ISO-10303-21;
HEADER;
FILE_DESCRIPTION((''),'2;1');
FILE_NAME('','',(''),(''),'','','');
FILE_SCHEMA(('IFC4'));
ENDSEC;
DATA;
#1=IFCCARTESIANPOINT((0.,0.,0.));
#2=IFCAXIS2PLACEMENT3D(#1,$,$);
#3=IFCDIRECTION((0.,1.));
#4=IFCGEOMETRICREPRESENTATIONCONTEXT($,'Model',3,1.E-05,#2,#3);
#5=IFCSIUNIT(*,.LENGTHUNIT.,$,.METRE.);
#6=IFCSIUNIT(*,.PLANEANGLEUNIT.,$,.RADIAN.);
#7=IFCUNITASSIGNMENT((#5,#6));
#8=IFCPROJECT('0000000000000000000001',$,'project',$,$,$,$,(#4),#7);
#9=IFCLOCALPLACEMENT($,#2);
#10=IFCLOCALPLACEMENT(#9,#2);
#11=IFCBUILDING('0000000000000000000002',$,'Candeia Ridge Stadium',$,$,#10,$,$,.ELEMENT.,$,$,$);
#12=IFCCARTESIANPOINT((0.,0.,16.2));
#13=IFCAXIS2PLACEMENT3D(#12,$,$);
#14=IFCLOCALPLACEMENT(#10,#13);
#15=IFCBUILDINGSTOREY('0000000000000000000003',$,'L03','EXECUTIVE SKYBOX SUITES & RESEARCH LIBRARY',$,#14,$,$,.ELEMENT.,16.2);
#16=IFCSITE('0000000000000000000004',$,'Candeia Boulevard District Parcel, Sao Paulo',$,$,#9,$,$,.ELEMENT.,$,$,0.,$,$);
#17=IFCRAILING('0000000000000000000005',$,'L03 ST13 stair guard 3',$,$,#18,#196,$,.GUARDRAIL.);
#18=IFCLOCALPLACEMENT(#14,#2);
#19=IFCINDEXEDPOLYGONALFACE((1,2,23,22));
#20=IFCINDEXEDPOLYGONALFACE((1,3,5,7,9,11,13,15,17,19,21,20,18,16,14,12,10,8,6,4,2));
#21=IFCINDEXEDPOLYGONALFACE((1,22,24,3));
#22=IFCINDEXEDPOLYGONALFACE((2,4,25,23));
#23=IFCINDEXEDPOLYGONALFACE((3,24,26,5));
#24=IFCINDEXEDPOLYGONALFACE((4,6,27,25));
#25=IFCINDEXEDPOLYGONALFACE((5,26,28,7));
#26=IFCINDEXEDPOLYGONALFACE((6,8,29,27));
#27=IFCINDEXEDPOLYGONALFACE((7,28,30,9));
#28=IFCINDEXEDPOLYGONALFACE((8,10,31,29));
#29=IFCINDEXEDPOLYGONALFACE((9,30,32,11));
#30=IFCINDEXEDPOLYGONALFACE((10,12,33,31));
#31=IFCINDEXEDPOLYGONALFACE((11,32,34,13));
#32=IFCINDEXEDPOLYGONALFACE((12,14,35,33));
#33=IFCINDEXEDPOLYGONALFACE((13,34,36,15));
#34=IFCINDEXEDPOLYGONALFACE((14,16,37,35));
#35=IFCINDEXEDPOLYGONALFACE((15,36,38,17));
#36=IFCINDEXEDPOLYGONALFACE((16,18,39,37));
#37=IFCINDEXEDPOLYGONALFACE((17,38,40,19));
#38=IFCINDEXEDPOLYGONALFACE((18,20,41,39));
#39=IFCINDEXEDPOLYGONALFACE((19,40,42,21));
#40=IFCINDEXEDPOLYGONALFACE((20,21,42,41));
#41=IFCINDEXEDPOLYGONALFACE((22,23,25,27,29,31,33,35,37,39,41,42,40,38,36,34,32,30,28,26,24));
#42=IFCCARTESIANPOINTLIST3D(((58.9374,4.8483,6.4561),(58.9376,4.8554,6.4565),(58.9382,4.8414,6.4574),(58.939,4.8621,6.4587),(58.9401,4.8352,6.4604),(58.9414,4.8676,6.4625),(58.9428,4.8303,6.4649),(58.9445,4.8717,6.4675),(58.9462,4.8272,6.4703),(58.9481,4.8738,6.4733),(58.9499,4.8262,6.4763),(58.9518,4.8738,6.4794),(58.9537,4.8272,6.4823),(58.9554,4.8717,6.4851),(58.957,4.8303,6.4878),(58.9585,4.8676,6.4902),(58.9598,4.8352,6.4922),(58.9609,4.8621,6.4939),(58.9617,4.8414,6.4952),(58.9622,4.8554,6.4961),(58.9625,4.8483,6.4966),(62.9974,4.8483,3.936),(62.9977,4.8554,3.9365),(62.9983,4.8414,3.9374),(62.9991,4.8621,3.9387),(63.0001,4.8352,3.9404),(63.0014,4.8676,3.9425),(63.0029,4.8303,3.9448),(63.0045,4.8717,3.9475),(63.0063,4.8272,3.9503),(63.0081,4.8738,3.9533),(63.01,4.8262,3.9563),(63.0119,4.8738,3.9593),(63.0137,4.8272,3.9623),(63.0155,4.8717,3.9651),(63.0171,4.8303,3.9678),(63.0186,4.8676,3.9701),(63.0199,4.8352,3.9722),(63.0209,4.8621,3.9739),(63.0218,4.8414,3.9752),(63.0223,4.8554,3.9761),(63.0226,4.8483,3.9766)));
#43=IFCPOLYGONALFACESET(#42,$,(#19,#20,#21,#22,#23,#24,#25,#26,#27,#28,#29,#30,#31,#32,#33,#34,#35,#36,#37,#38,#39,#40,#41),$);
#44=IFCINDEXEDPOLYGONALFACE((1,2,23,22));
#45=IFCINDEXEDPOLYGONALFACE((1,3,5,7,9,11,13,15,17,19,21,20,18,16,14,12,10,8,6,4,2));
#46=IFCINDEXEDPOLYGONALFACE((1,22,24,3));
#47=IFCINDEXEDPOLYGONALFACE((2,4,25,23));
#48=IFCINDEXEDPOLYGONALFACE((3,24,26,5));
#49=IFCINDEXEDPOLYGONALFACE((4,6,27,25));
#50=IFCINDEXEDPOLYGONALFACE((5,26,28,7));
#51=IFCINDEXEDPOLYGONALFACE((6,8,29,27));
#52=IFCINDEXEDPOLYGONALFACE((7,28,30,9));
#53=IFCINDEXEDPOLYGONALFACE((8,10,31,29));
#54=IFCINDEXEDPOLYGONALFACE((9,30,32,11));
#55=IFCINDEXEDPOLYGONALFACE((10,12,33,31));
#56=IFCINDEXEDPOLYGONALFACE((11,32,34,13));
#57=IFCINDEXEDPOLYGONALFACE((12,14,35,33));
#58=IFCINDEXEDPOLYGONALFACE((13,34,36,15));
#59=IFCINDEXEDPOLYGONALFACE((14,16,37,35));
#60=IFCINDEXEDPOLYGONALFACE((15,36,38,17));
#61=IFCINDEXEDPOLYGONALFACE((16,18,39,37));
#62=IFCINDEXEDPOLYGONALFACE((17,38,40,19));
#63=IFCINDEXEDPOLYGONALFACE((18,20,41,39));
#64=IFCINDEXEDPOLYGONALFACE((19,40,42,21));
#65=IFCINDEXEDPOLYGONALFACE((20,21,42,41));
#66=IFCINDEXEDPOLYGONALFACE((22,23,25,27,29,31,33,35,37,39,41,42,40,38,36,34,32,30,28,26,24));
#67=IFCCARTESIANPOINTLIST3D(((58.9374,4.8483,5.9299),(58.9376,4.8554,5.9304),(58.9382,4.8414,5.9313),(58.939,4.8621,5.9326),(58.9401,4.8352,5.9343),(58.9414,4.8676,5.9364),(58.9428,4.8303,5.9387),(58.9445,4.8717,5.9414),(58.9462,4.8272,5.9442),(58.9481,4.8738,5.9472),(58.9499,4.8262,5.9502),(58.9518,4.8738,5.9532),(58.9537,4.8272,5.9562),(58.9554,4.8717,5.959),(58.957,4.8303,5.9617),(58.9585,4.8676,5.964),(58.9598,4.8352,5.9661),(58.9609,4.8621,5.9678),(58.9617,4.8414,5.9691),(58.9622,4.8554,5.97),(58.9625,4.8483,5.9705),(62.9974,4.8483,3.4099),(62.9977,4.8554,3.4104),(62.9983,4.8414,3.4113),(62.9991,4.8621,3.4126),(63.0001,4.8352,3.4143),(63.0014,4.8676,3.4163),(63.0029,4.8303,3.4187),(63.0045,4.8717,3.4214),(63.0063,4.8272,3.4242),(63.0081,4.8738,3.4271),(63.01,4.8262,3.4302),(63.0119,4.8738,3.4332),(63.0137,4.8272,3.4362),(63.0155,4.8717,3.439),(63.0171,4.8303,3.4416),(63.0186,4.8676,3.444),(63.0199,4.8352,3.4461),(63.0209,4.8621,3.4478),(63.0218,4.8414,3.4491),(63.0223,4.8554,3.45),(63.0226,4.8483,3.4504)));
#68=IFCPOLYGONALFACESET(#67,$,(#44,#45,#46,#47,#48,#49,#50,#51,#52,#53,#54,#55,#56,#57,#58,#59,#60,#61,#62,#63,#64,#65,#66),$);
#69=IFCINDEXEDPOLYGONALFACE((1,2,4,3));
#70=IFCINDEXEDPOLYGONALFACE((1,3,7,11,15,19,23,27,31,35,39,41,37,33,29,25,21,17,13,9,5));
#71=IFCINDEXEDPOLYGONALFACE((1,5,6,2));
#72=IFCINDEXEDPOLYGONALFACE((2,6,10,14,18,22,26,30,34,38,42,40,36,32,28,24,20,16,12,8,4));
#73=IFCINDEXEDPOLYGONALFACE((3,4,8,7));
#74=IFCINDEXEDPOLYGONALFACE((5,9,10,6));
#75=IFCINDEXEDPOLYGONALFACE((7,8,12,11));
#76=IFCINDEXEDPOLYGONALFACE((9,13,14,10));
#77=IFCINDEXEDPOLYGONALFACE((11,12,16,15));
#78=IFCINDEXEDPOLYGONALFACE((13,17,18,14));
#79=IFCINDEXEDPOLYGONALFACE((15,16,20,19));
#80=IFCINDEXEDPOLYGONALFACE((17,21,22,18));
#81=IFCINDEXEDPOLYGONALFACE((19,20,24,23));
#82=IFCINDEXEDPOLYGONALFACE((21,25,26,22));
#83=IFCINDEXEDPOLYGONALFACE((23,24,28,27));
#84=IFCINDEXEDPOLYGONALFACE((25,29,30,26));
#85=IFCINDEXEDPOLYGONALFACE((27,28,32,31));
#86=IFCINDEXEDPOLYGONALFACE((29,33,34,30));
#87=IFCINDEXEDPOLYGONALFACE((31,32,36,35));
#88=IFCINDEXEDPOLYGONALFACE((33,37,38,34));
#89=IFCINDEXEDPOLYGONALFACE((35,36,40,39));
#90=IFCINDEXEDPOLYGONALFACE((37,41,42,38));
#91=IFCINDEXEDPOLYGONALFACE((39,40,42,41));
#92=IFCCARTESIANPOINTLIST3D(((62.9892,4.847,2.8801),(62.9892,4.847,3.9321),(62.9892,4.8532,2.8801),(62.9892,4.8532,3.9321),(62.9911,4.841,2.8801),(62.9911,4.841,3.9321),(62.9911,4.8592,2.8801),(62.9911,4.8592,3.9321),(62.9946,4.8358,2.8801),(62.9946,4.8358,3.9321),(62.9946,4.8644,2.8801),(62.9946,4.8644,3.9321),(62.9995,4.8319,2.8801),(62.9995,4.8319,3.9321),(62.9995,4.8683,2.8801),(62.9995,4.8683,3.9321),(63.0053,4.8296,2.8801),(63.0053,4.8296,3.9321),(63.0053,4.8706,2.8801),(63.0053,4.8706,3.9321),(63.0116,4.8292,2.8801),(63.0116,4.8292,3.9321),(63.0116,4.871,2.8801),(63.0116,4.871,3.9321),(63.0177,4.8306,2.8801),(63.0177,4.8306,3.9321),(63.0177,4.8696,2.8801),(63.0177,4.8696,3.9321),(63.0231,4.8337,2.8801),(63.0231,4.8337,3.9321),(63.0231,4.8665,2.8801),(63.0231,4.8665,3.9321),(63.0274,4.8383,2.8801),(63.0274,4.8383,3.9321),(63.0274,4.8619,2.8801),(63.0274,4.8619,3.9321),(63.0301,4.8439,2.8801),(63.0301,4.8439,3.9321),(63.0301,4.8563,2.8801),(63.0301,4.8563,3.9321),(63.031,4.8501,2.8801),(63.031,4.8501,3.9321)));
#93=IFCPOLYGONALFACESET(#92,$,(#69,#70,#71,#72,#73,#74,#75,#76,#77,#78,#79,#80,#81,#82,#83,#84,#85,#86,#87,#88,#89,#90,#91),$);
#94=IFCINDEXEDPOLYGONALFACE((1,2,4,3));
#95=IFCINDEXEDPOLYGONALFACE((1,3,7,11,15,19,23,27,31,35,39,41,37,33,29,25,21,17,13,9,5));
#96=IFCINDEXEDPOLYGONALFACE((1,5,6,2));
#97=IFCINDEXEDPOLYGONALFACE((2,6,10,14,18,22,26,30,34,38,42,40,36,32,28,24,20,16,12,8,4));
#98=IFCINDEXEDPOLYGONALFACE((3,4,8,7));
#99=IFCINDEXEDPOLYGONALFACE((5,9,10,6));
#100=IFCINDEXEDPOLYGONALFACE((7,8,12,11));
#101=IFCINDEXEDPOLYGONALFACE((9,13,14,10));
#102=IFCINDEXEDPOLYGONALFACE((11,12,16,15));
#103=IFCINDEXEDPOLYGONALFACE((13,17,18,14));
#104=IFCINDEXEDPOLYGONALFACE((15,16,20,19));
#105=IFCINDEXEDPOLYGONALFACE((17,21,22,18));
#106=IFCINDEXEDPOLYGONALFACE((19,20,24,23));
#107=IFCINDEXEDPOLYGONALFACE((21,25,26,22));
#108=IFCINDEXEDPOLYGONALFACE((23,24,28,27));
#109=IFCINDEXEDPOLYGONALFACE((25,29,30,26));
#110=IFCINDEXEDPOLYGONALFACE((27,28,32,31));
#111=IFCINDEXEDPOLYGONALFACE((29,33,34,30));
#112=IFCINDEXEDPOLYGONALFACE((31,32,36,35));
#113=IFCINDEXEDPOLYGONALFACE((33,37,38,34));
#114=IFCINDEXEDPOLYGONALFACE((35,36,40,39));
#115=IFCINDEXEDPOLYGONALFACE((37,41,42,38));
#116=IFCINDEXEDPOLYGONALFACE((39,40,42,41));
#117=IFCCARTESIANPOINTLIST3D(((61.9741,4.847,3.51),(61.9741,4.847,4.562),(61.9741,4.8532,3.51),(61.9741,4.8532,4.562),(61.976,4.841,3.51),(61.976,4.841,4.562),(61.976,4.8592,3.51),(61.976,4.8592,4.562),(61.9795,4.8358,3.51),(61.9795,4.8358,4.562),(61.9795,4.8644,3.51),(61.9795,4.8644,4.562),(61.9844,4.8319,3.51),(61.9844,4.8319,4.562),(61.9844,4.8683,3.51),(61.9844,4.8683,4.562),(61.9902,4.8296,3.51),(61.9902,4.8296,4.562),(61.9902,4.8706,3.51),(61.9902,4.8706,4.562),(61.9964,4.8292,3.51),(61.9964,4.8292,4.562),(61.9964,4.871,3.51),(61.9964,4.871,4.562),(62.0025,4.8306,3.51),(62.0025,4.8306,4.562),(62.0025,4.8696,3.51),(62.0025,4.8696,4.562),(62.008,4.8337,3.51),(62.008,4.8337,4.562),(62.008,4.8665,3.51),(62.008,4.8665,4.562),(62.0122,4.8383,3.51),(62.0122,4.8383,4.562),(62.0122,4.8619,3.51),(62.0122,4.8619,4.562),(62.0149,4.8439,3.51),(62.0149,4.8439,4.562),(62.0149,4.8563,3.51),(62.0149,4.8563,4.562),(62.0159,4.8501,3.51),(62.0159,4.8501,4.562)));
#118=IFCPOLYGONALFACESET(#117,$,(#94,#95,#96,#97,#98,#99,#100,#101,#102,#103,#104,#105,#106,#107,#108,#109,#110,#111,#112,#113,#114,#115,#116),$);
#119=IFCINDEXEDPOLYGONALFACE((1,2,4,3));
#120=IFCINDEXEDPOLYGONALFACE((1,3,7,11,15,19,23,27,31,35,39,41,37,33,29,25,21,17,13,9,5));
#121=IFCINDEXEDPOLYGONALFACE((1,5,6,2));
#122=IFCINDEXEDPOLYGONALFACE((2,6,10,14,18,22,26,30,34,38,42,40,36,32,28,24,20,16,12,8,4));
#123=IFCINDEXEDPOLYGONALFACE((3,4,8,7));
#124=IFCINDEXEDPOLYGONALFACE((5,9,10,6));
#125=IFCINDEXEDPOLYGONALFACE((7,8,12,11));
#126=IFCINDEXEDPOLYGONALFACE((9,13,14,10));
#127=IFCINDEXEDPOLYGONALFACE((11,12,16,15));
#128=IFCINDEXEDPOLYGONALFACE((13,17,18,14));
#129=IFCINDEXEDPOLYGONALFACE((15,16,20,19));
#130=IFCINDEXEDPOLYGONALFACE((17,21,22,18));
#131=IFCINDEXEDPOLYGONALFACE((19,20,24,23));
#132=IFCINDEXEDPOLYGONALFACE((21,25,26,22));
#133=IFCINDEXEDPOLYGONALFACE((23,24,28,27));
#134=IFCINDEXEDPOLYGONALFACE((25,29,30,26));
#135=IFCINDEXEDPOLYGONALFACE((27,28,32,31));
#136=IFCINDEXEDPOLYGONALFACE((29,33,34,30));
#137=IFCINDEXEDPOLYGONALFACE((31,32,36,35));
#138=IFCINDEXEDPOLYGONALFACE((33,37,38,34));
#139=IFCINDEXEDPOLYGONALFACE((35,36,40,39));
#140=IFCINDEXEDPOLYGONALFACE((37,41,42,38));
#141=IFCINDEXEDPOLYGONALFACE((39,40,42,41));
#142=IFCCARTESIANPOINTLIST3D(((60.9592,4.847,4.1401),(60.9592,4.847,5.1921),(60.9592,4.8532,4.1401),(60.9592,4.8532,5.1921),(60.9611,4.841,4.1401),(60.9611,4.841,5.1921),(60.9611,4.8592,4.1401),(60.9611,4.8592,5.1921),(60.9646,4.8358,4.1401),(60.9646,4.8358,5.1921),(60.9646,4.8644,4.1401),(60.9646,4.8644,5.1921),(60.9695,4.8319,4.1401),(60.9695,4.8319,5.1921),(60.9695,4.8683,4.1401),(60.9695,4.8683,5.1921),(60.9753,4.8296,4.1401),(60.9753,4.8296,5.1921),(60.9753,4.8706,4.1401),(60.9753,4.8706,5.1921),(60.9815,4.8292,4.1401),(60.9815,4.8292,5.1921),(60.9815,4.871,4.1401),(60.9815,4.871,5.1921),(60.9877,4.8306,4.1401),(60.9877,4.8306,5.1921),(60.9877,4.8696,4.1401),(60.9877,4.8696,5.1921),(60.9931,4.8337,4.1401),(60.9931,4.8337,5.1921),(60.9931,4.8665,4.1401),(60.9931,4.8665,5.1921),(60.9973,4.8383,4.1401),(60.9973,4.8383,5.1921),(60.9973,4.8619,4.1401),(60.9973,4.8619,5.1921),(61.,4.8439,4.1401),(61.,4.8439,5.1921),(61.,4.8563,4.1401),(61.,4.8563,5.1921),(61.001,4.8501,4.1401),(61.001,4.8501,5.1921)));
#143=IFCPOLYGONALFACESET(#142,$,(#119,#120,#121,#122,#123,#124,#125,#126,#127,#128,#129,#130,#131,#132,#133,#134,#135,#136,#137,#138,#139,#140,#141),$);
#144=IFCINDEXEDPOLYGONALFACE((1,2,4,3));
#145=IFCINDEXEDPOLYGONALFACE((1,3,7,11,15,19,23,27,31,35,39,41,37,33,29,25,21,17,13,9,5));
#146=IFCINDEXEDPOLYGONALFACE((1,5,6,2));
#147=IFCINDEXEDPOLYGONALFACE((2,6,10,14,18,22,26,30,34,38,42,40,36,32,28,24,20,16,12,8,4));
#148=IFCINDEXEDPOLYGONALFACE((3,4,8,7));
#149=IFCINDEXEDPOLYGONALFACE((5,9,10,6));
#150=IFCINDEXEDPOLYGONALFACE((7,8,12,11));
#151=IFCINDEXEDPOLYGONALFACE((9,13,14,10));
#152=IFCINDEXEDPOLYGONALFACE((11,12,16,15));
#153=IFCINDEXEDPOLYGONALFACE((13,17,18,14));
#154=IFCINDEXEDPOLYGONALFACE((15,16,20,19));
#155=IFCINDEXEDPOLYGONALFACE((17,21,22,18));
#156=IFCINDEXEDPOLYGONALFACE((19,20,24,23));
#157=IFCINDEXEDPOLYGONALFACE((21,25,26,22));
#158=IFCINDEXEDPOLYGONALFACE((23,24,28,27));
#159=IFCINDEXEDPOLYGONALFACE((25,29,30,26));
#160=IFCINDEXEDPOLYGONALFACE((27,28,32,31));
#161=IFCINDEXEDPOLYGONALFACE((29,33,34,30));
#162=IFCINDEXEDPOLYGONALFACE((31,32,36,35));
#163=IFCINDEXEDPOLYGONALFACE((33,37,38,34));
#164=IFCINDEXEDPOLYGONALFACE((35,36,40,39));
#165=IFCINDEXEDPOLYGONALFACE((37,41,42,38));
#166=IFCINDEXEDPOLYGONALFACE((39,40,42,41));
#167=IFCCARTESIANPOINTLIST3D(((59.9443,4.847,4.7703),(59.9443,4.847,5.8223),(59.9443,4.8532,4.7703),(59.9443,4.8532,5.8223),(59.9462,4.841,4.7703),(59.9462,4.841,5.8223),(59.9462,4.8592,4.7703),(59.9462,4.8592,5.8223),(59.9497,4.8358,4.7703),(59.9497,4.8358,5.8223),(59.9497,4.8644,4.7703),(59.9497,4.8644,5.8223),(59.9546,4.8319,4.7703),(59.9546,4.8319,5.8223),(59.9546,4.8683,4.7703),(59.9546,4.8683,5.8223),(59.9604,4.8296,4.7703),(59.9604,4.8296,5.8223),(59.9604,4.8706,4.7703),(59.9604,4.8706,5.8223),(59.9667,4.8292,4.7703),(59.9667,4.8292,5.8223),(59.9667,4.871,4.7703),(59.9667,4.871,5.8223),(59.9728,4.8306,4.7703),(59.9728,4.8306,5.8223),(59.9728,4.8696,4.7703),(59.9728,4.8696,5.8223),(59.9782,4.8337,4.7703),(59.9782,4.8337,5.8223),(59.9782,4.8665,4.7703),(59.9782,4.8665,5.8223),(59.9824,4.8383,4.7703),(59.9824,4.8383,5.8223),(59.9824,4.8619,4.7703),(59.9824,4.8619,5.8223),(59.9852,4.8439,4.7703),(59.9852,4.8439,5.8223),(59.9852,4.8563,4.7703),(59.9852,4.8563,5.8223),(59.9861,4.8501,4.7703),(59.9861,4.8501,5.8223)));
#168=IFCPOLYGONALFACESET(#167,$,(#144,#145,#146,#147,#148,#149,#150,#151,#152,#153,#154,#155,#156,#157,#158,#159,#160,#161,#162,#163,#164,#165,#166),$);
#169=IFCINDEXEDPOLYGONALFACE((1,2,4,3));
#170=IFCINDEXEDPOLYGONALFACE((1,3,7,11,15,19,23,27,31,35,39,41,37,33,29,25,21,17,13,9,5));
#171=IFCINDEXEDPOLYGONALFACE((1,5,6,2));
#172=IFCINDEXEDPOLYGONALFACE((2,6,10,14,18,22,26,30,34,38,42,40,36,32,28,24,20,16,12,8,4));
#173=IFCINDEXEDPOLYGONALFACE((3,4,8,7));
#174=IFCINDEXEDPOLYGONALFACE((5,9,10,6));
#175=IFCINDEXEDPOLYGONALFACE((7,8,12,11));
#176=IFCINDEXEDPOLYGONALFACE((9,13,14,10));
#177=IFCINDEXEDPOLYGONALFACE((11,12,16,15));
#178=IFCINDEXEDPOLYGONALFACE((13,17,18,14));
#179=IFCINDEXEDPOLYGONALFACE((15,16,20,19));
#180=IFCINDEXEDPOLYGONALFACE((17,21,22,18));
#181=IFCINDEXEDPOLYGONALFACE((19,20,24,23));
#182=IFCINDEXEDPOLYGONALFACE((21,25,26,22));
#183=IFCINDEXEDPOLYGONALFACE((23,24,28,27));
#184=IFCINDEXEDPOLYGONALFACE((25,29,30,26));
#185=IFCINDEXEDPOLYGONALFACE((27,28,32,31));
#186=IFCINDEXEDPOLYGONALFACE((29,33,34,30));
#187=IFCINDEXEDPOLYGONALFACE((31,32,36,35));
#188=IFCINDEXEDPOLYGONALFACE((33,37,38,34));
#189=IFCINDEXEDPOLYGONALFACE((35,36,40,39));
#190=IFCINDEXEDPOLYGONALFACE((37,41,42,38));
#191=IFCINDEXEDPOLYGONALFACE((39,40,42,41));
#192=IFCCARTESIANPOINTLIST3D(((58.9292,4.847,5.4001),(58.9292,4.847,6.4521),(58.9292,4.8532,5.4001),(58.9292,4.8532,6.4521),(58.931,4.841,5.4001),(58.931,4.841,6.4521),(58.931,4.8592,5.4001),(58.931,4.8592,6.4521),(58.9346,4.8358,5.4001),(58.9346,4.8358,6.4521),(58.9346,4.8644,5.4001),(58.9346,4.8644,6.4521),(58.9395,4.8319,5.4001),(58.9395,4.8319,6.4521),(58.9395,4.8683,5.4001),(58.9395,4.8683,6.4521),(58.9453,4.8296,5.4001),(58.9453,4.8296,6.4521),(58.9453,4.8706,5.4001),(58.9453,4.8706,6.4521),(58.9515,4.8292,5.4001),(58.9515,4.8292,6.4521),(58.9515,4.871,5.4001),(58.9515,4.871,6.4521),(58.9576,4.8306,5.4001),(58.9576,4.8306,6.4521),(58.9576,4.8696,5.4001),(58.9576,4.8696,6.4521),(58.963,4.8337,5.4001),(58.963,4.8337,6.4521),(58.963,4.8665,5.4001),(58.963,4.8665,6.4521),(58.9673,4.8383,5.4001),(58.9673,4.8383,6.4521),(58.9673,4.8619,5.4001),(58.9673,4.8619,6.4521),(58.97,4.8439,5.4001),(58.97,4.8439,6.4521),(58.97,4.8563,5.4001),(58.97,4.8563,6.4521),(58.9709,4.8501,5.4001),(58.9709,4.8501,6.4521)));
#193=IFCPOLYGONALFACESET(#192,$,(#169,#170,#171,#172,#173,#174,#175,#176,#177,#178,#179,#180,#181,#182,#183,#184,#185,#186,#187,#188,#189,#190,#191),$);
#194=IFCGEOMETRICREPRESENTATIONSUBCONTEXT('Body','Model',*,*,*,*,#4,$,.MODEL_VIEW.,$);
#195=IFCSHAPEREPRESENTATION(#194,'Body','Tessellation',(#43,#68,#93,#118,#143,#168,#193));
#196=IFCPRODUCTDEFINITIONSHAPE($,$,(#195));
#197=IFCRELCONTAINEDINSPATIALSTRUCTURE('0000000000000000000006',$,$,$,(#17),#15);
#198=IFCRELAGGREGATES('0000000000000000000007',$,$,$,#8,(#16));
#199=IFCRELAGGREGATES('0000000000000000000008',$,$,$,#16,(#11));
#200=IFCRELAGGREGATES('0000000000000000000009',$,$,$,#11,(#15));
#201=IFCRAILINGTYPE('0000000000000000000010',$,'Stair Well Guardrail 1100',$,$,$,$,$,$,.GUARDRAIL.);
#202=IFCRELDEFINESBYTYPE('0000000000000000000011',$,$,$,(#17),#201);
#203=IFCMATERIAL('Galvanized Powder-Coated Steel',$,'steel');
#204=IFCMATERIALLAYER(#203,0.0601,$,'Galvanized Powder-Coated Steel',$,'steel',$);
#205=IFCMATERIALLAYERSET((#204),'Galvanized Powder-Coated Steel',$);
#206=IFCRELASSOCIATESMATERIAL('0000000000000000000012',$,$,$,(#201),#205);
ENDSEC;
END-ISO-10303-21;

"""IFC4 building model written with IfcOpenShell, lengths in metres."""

from ifc_helpers import new_model, si_unit, direction, frame, origin, origin_2d, place, context, subcontext, project, spatial, circle, extrude, material, layer, layer_set, type_object, element, save


model = new_model("IFC4")

# Units and contexts
model_context = context("Model", 3, precision=1e-05, world=origin(), true_north=direction((0.0, 1.0)))
body_context = subcontext(model_context, "Body", "Model", "MODEL_VIEW")
ifc_project = project(units=[si_unit("LENGTHUNIT", "METRE"), si_unit("PLANEANGLEUNIT", "RADIAN")], contexts=[model_context])

# Site, building, storey
site_placement = place(None, origin())
site = spatial("IfcSite", under=ifc_project, at=site_placement, Name="Candeia Boulevard District Parcel, Sao Paulo", CompositionType="ELEMENT", RefElevation=0.0)
building_placement = place(site_placement, origin())
building = spatial("IfcBuilding", under=site, at=building_placement, Name="Candeia Ridge Stadium", CompositionType="ELEMENT")
storey_placement = place(building_placement, frame((0.0, 0.0, 16.2)))
storey = spatial("IfcBuildingStorey", under=building, at=storey_placement, Name="L03", Description="EXECUTIVE SKYBOX SUITES & RESEARCH LIBRARY", CompositionType="ELEMENT", Elevation=16.2)

# Railing
ifc_material_1 = material(Name="Galvanized Powder-Coated Steel", Category="steel")
ifc_layer_1 = layer(ifc_material_1, 0.0601, Name="Galvanized Powder-Coated Steel", Category="steel")
ifc_layer_set_1 = layer_set([ifc_layer_1], Name="Galvanized Powder-Coated Steel")
railing_type_1 = type_object("IfcRailingType", Name="Stair Well Guardrail 1100", PredefinedType="GUARDRAIL", material=ifc_layer_set_1)
railing_1_placement = place(storey_placement, frame((63.01, 4.8501, 2.8801)))
element("IfcRailing", 1, at=railing_1_placement, inside=storey, type_object=railing_type_1, Name="L03 ST13 stair guard 3", PredefinedType="GUARDRAIL", context=body_context, shape_type="SweptSolid", body=[
    extrude(circle(Radius=0.0239, at=origin_2d()), frame((0.0, 0.0, 1.0762), z_axis=(-0.849642, 0.0, 0.52736), x_axis=(0.0, -1.0, 0.0)), (0.0, 0.0, 1.0), 4.7786),
    extrude(circle(Radius=0.0239, at=origin_2d()), frame((0.0, 0.0, 0.55), z_axis=(-0.849642, 0.0, 0.52736), x_axis=(0.0, -1.0, 0.0)), (0.0, 0.0, 1.0), 4.7786),
    extrude(circle(Radius=0.021, at=origin_2d()), origin(), (0.0, 0.0, 1.0), 1.052),
    extrude(circle(Radius=0.021, at=origin_2d()), frame((-1.0151, 0.0, 0.6299)), (0.0, 0.0, 1.0), 1.052),
    extrude(circle(Radius=0.021, at=origin_2d()), frame((-2.03, 0.0, 1.26)), (0.0, 0.0, 1.0), 1.052),
    extrude(circle(Radius=0.021, at=origin_2d()), frame((-3.0449, 0.0, 1.8901)), (0.0, 0.0, 1.0), 1.052),
    extrude(circle(Radius=0.021, at=origin_2d()), frame((-4.0601, 0.0, 2.52)), (0.0, 0.0, 1.0), 1.052),
])

save(model, "model.ifc")
